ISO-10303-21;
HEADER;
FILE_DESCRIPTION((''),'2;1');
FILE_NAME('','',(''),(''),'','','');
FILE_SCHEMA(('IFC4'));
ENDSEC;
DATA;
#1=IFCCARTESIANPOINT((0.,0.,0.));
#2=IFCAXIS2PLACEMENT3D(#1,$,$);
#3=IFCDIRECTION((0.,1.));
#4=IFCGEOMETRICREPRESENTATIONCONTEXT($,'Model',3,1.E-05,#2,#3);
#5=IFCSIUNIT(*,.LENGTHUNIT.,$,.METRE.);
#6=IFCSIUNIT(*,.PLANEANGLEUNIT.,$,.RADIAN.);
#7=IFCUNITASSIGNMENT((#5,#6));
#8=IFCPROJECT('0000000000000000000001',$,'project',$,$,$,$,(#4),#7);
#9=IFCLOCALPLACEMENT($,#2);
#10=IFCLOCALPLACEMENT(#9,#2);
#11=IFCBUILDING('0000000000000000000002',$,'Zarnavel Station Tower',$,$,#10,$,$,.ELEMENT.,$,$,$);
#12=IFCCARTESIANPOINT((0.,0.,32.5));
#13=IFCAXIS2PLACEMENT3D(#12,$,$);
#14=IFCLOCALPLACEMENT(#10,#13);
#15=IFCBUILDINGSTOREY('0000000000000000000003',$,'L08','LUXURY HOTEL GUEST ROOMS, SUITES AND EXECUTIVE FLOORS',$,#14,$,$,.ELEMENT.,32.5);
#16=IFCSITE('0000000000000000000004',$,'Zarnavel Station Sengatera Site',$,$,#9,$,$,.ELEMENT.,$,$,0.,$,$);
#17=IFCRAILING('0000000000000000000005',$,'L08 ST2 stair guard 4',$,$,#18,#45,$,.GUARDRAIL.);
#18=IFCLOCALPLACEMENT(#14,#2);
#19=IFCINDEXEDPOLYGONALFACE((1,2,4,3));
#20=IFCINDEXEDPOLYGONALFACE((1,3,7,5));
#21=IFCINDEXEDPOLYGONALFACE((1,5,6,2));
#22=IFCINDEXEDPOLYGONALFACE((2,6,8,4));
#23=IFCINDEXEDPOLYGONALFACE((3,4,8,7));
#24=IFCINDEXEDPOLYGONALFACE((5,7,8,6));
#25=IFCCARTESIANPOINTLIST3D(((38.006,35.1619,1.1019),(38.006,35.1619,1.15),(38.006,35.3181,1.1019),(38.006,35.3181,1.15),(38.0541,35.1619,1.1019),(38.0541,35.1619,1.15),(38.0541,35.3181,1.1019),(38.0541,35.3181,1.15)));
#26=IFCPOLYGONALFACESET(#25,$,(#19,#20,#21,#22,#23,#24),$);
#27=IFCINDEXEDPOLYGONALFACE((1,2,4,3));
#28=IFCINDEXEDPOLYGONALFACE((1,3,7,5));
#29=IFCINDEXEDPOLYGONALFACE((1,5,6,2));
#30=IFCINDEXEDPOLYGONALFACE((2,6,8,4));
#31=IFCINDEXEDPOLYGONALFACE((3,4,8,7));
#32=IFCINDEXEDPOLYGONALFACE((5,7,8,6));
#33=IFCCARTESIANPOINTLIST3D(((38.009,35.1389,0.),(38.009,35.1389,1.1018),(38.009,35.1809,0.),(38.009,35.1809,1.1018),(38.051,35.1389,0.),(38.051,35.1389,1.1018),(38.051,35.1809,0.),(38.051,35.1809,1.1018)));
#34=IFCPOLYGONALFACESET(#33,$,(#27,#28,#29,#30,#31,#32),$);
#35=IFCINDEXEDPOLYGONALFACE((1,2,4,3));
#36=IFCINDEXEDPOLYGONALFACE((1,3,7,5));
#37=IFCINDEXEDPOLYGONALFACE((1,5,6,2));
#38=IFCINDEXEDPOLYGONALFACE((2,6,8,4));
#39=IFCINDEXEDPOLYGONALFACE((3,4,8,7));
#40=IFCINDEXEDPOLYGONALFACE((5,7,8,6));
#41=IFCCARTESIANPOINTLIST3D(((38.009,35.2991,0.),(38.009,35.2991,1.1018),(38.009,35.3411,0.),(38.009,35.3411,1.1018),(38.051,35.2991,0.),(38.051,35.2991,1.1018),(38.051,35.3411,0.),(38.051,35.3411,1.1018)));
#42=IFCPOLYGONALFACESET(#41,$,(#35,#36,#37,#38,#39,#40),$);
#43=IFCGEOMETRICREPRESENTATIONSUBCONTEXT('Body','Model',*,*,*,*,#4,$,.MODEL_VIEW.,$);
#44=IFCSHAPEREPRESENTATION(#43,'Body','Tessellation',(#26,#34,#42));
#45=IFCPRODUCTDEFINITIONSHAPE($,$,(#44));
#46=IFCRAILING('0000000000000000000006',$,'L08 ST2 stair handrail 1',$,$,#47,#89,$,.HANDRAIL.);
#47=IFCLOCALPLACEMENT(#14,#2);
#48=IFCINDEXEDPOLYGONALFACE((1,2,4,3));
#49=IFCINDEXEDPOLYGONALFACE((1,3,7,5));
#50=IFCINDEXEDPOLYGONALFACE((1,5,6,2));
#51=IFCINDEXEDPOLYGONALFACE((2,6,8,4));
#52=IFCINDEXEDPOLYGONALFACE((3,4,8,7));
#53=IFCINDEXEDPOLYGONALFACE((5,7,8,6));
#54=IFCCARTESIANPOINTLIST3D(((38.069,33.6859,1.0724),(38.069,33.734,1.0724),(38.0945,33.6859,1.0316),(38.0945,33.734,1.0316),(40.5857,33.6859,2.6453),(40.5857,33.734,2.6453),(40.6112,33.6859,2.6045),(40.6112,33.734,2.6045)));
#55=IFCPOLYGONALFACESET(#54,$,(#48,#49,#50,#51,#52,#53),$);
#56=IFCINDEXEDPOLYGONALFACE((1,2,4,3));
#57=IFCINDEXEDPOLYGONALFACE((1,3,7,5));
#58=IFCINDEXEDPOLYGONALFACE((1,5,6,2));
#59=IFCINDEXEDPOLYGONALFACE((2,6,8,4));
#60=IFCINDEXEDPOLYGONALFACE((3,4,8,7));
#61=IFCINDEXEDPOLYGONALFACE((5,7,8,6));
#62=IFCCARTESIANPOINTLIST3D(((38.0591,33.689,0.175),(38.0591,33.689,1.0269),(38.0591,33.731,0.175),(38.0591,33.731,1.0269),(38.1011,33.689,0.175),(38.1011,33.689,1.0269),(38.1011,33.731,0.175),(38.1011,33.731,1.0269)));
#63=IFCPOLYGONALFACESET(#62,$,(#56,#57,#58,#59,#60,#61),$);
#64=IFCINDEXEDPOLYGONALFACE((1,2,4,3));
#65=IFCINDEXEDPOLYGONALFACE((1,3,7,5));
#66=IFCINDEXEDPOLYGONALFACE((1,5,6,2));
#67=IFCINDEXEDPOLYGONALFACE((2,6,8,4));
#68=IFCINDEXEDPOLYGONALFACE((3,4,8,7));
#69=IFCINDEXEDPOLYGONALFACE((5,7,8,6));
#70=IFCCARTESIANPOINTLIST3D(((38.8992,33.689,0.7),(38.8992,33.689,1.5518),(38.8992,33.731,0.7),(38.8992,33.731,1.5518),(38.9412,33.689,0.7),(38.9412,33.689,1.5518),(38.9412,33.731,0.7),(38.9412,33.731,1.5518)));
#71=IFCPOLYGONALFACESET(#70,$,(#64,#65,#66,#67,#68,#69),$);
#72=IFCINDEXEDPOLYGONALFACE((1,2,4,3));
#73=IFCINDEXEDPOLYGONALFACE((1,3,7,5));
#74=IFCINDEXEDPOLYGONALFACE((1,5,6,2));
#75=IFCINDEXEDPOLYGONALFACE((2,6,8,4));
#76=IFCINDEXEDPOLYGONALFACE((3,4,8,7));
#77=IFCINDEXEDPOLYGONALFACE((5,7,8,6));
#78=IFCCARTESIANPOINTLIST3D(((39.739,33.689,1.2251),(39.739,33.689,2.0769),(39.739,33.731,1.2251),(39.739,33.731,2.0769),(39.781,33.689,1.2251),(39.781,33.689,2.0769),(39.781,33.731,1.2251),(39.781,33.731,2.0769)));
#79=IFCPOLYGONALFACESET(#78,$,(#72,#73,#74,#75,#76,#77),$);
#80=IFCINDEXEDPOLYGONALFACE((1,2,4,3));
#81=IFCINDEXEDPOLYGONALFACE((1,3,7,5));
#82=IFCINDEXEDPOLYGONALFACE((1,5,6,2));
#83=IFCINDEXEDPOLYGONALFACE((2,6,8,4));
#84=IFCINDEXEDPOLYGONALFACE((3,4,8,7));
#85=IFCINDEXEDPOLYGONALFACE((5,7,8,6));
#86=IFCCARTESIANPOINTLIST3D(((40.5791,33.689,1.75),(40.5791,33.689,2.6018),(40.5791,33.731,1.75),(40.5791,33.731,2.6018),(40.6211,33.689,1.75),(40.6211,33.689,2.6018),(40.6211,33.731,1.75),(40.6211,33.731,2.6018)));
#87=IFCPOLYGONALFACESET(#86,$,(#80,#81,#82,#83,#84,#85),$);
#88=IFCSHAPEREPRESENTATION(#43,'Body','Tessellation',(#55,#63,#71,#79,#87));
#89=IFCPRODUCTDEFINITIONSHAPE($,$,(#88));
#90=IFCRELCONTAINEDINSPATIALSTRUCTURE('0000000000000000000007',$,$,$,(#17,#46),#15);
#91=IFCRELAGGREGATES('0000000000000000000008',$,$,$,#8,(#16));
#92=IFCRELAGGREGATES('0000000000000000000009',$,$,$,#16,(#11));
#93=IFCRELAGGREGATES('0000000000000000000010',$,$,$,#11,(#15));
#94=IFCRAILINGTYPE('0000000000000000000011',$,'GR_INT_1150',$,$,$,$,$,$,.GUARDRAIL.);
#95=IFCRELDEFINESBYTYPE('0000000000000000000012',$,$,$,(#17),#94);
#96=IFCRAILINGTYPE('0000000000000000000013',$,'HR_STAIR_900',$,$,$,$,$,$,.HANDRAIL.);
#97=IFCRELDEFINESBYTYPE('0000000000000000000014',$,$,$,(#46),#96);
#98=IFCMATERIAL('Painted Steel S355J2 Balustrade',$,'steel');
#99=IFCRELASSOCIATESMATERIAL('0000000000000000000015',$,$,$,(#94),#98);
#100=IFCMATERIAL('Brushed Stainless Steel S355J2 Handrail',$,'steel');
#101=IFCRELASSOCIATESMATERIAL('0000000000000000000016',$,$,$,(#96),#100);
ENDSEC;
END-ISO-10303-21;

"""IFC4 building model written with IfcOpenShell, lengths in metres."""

from ifc_helpers import new_model, si_unit, direction, frame, origin, origin_2d, place, context, subcontext, project, spatial, rectangle, extrude, material, type_object, element, save


model = new_model("IFC4")

# Units and contexts
model_context = context("Model", 3, precision=1e-05, world=origin(), true_north=direction((0.0, 1.0)))
body_context = subcontext(model_context, "Body", "Model", "MODEL_VIEW")
ifc_project = project(units=[si_unit("LENGTHUNIT", "METRE"), si_unit("PLANEANGLEUNIT", "RADIAN")], contexts=[model_context])

# Site, building, storey
site_placement = place(None, origin())
site = spatial("IfcSite", under=ifc_project, at=site_placement, Name="Zarnavel Station Sengatera Site", CompositionType="ELEMENT", RefElevation=0.0)
building_placement = place(site_placement, origin())
building = spatial("IfcBuilding", under=site, at=building_placement, Name="Zarnavel Station Tower", CompositionType="ELEMENT")
storey_placement = place(building_placement, frame((0.0, 0.0, 32.5)))
storey = spatial("IfcBuildingStorey", under=building, at=storey_placement, Name="L08", Description="LUXURY HOTEL GUEST ROOMS, SUITES AND EXECUTIVE FLOORS", CompositionType="ELEMENT", Elevation=32.5)

# Railings
ifc_material_1 = material(Name="Painted Steel S355J2 Balustrade", Category="steel")
railing_type_1 = type_object("IfcRailingType", Name="GR_INT_1150", PredefinedType="GUARDRAIL", material=ifc_material_1)
railing_1_placement = place(storey_placement, frame((38.03, 35.1599, 0.0)))
element("IfcRailing", 1, at=railing_1_placement, inside=storey, type_object=railing_type_1, Name="L08 ST2 stair guard 4", PredefinedType="GUARDRAIL", context=body_context, shape_type="SweptSolid", body=[
    extrude(rectangle(XDim=0.0481, YDim=0.0481, at=origin_2d()), frame((0.0, 0.002, 1.126), z_axis=(0.0, 1.0, 0.0), x_axis=(-1.0, 0.0, 0.0)), (0.0, 0.0, 1.0), 0.1562),
    extrude(rectangle(XDim=0.042, YDim=0.042, at=origin_2d()), origin(), (0.0, 0.0, 1.0), 1.1018),
    extrude(rectangle(XDim=0.042, YDim=0.042, at=origin_2d()), frame((0.0, 0.1602, 0.0)), (0.0, 0.0, 1.0), 1.1018),
])
ifc_material_2 = material(Name="Brushed Stainless Steel S355J2 Handrail", Category="steel")
railing_type_2 = type_object("IfcRailingType", Name="HR_STAIR_900", PredefinedType="HANDRAIL", material=ifc_material_2)
railing_2_placement = place(storey_placement, frame((38.0801, 33.71, 0.175)))
element("IfcRailing", 2, at=railing_2_placement, inside=storey, type_object=railing_type_2, Name="L08 ST2 stair handrail 1", PredefinedType="HANDRAIL", context=body_context, shape_type="SweptSolid", body=[
    extrude(rectangle(XDim=0.0481, YDim=0.0481, at=origin_2d()), frame((0.0017, 0.0, 0.877), z_axis=(0.848008, 0.0, 0.529984), x_axis=(0.0, 1.0, 0.0)), (0.0, 0.0, 1.0), 2.9678),
    extrude(rectangle(XDim=0.042, YDim=0.042, at=origin_2d()), origin(), (0.0, 0.0, 1.0), 0.8518),
    extrude(rectangle(XDim=0.042, YDim=0.042, at=origin_2d()), frame((0.8401, 0.0, 0.5249)), (0.0, 0.0, 1.0), 0.8518),
    extrude(rectangle(XDim=0.042, YDim=0.042, at=origin_2d()), frame((1.6799, 0.0, 1.05)), (0.0, 0.0, 1.0), 0.8518),
    extrude(rectangle(XDim=0.042, YDim=0.042, at=origin_2d()), frame((2.52, 0.0, 1.575)), (0.0, 0.0, 1.0), 0.8518),
])

save(model, "model.ifc")
